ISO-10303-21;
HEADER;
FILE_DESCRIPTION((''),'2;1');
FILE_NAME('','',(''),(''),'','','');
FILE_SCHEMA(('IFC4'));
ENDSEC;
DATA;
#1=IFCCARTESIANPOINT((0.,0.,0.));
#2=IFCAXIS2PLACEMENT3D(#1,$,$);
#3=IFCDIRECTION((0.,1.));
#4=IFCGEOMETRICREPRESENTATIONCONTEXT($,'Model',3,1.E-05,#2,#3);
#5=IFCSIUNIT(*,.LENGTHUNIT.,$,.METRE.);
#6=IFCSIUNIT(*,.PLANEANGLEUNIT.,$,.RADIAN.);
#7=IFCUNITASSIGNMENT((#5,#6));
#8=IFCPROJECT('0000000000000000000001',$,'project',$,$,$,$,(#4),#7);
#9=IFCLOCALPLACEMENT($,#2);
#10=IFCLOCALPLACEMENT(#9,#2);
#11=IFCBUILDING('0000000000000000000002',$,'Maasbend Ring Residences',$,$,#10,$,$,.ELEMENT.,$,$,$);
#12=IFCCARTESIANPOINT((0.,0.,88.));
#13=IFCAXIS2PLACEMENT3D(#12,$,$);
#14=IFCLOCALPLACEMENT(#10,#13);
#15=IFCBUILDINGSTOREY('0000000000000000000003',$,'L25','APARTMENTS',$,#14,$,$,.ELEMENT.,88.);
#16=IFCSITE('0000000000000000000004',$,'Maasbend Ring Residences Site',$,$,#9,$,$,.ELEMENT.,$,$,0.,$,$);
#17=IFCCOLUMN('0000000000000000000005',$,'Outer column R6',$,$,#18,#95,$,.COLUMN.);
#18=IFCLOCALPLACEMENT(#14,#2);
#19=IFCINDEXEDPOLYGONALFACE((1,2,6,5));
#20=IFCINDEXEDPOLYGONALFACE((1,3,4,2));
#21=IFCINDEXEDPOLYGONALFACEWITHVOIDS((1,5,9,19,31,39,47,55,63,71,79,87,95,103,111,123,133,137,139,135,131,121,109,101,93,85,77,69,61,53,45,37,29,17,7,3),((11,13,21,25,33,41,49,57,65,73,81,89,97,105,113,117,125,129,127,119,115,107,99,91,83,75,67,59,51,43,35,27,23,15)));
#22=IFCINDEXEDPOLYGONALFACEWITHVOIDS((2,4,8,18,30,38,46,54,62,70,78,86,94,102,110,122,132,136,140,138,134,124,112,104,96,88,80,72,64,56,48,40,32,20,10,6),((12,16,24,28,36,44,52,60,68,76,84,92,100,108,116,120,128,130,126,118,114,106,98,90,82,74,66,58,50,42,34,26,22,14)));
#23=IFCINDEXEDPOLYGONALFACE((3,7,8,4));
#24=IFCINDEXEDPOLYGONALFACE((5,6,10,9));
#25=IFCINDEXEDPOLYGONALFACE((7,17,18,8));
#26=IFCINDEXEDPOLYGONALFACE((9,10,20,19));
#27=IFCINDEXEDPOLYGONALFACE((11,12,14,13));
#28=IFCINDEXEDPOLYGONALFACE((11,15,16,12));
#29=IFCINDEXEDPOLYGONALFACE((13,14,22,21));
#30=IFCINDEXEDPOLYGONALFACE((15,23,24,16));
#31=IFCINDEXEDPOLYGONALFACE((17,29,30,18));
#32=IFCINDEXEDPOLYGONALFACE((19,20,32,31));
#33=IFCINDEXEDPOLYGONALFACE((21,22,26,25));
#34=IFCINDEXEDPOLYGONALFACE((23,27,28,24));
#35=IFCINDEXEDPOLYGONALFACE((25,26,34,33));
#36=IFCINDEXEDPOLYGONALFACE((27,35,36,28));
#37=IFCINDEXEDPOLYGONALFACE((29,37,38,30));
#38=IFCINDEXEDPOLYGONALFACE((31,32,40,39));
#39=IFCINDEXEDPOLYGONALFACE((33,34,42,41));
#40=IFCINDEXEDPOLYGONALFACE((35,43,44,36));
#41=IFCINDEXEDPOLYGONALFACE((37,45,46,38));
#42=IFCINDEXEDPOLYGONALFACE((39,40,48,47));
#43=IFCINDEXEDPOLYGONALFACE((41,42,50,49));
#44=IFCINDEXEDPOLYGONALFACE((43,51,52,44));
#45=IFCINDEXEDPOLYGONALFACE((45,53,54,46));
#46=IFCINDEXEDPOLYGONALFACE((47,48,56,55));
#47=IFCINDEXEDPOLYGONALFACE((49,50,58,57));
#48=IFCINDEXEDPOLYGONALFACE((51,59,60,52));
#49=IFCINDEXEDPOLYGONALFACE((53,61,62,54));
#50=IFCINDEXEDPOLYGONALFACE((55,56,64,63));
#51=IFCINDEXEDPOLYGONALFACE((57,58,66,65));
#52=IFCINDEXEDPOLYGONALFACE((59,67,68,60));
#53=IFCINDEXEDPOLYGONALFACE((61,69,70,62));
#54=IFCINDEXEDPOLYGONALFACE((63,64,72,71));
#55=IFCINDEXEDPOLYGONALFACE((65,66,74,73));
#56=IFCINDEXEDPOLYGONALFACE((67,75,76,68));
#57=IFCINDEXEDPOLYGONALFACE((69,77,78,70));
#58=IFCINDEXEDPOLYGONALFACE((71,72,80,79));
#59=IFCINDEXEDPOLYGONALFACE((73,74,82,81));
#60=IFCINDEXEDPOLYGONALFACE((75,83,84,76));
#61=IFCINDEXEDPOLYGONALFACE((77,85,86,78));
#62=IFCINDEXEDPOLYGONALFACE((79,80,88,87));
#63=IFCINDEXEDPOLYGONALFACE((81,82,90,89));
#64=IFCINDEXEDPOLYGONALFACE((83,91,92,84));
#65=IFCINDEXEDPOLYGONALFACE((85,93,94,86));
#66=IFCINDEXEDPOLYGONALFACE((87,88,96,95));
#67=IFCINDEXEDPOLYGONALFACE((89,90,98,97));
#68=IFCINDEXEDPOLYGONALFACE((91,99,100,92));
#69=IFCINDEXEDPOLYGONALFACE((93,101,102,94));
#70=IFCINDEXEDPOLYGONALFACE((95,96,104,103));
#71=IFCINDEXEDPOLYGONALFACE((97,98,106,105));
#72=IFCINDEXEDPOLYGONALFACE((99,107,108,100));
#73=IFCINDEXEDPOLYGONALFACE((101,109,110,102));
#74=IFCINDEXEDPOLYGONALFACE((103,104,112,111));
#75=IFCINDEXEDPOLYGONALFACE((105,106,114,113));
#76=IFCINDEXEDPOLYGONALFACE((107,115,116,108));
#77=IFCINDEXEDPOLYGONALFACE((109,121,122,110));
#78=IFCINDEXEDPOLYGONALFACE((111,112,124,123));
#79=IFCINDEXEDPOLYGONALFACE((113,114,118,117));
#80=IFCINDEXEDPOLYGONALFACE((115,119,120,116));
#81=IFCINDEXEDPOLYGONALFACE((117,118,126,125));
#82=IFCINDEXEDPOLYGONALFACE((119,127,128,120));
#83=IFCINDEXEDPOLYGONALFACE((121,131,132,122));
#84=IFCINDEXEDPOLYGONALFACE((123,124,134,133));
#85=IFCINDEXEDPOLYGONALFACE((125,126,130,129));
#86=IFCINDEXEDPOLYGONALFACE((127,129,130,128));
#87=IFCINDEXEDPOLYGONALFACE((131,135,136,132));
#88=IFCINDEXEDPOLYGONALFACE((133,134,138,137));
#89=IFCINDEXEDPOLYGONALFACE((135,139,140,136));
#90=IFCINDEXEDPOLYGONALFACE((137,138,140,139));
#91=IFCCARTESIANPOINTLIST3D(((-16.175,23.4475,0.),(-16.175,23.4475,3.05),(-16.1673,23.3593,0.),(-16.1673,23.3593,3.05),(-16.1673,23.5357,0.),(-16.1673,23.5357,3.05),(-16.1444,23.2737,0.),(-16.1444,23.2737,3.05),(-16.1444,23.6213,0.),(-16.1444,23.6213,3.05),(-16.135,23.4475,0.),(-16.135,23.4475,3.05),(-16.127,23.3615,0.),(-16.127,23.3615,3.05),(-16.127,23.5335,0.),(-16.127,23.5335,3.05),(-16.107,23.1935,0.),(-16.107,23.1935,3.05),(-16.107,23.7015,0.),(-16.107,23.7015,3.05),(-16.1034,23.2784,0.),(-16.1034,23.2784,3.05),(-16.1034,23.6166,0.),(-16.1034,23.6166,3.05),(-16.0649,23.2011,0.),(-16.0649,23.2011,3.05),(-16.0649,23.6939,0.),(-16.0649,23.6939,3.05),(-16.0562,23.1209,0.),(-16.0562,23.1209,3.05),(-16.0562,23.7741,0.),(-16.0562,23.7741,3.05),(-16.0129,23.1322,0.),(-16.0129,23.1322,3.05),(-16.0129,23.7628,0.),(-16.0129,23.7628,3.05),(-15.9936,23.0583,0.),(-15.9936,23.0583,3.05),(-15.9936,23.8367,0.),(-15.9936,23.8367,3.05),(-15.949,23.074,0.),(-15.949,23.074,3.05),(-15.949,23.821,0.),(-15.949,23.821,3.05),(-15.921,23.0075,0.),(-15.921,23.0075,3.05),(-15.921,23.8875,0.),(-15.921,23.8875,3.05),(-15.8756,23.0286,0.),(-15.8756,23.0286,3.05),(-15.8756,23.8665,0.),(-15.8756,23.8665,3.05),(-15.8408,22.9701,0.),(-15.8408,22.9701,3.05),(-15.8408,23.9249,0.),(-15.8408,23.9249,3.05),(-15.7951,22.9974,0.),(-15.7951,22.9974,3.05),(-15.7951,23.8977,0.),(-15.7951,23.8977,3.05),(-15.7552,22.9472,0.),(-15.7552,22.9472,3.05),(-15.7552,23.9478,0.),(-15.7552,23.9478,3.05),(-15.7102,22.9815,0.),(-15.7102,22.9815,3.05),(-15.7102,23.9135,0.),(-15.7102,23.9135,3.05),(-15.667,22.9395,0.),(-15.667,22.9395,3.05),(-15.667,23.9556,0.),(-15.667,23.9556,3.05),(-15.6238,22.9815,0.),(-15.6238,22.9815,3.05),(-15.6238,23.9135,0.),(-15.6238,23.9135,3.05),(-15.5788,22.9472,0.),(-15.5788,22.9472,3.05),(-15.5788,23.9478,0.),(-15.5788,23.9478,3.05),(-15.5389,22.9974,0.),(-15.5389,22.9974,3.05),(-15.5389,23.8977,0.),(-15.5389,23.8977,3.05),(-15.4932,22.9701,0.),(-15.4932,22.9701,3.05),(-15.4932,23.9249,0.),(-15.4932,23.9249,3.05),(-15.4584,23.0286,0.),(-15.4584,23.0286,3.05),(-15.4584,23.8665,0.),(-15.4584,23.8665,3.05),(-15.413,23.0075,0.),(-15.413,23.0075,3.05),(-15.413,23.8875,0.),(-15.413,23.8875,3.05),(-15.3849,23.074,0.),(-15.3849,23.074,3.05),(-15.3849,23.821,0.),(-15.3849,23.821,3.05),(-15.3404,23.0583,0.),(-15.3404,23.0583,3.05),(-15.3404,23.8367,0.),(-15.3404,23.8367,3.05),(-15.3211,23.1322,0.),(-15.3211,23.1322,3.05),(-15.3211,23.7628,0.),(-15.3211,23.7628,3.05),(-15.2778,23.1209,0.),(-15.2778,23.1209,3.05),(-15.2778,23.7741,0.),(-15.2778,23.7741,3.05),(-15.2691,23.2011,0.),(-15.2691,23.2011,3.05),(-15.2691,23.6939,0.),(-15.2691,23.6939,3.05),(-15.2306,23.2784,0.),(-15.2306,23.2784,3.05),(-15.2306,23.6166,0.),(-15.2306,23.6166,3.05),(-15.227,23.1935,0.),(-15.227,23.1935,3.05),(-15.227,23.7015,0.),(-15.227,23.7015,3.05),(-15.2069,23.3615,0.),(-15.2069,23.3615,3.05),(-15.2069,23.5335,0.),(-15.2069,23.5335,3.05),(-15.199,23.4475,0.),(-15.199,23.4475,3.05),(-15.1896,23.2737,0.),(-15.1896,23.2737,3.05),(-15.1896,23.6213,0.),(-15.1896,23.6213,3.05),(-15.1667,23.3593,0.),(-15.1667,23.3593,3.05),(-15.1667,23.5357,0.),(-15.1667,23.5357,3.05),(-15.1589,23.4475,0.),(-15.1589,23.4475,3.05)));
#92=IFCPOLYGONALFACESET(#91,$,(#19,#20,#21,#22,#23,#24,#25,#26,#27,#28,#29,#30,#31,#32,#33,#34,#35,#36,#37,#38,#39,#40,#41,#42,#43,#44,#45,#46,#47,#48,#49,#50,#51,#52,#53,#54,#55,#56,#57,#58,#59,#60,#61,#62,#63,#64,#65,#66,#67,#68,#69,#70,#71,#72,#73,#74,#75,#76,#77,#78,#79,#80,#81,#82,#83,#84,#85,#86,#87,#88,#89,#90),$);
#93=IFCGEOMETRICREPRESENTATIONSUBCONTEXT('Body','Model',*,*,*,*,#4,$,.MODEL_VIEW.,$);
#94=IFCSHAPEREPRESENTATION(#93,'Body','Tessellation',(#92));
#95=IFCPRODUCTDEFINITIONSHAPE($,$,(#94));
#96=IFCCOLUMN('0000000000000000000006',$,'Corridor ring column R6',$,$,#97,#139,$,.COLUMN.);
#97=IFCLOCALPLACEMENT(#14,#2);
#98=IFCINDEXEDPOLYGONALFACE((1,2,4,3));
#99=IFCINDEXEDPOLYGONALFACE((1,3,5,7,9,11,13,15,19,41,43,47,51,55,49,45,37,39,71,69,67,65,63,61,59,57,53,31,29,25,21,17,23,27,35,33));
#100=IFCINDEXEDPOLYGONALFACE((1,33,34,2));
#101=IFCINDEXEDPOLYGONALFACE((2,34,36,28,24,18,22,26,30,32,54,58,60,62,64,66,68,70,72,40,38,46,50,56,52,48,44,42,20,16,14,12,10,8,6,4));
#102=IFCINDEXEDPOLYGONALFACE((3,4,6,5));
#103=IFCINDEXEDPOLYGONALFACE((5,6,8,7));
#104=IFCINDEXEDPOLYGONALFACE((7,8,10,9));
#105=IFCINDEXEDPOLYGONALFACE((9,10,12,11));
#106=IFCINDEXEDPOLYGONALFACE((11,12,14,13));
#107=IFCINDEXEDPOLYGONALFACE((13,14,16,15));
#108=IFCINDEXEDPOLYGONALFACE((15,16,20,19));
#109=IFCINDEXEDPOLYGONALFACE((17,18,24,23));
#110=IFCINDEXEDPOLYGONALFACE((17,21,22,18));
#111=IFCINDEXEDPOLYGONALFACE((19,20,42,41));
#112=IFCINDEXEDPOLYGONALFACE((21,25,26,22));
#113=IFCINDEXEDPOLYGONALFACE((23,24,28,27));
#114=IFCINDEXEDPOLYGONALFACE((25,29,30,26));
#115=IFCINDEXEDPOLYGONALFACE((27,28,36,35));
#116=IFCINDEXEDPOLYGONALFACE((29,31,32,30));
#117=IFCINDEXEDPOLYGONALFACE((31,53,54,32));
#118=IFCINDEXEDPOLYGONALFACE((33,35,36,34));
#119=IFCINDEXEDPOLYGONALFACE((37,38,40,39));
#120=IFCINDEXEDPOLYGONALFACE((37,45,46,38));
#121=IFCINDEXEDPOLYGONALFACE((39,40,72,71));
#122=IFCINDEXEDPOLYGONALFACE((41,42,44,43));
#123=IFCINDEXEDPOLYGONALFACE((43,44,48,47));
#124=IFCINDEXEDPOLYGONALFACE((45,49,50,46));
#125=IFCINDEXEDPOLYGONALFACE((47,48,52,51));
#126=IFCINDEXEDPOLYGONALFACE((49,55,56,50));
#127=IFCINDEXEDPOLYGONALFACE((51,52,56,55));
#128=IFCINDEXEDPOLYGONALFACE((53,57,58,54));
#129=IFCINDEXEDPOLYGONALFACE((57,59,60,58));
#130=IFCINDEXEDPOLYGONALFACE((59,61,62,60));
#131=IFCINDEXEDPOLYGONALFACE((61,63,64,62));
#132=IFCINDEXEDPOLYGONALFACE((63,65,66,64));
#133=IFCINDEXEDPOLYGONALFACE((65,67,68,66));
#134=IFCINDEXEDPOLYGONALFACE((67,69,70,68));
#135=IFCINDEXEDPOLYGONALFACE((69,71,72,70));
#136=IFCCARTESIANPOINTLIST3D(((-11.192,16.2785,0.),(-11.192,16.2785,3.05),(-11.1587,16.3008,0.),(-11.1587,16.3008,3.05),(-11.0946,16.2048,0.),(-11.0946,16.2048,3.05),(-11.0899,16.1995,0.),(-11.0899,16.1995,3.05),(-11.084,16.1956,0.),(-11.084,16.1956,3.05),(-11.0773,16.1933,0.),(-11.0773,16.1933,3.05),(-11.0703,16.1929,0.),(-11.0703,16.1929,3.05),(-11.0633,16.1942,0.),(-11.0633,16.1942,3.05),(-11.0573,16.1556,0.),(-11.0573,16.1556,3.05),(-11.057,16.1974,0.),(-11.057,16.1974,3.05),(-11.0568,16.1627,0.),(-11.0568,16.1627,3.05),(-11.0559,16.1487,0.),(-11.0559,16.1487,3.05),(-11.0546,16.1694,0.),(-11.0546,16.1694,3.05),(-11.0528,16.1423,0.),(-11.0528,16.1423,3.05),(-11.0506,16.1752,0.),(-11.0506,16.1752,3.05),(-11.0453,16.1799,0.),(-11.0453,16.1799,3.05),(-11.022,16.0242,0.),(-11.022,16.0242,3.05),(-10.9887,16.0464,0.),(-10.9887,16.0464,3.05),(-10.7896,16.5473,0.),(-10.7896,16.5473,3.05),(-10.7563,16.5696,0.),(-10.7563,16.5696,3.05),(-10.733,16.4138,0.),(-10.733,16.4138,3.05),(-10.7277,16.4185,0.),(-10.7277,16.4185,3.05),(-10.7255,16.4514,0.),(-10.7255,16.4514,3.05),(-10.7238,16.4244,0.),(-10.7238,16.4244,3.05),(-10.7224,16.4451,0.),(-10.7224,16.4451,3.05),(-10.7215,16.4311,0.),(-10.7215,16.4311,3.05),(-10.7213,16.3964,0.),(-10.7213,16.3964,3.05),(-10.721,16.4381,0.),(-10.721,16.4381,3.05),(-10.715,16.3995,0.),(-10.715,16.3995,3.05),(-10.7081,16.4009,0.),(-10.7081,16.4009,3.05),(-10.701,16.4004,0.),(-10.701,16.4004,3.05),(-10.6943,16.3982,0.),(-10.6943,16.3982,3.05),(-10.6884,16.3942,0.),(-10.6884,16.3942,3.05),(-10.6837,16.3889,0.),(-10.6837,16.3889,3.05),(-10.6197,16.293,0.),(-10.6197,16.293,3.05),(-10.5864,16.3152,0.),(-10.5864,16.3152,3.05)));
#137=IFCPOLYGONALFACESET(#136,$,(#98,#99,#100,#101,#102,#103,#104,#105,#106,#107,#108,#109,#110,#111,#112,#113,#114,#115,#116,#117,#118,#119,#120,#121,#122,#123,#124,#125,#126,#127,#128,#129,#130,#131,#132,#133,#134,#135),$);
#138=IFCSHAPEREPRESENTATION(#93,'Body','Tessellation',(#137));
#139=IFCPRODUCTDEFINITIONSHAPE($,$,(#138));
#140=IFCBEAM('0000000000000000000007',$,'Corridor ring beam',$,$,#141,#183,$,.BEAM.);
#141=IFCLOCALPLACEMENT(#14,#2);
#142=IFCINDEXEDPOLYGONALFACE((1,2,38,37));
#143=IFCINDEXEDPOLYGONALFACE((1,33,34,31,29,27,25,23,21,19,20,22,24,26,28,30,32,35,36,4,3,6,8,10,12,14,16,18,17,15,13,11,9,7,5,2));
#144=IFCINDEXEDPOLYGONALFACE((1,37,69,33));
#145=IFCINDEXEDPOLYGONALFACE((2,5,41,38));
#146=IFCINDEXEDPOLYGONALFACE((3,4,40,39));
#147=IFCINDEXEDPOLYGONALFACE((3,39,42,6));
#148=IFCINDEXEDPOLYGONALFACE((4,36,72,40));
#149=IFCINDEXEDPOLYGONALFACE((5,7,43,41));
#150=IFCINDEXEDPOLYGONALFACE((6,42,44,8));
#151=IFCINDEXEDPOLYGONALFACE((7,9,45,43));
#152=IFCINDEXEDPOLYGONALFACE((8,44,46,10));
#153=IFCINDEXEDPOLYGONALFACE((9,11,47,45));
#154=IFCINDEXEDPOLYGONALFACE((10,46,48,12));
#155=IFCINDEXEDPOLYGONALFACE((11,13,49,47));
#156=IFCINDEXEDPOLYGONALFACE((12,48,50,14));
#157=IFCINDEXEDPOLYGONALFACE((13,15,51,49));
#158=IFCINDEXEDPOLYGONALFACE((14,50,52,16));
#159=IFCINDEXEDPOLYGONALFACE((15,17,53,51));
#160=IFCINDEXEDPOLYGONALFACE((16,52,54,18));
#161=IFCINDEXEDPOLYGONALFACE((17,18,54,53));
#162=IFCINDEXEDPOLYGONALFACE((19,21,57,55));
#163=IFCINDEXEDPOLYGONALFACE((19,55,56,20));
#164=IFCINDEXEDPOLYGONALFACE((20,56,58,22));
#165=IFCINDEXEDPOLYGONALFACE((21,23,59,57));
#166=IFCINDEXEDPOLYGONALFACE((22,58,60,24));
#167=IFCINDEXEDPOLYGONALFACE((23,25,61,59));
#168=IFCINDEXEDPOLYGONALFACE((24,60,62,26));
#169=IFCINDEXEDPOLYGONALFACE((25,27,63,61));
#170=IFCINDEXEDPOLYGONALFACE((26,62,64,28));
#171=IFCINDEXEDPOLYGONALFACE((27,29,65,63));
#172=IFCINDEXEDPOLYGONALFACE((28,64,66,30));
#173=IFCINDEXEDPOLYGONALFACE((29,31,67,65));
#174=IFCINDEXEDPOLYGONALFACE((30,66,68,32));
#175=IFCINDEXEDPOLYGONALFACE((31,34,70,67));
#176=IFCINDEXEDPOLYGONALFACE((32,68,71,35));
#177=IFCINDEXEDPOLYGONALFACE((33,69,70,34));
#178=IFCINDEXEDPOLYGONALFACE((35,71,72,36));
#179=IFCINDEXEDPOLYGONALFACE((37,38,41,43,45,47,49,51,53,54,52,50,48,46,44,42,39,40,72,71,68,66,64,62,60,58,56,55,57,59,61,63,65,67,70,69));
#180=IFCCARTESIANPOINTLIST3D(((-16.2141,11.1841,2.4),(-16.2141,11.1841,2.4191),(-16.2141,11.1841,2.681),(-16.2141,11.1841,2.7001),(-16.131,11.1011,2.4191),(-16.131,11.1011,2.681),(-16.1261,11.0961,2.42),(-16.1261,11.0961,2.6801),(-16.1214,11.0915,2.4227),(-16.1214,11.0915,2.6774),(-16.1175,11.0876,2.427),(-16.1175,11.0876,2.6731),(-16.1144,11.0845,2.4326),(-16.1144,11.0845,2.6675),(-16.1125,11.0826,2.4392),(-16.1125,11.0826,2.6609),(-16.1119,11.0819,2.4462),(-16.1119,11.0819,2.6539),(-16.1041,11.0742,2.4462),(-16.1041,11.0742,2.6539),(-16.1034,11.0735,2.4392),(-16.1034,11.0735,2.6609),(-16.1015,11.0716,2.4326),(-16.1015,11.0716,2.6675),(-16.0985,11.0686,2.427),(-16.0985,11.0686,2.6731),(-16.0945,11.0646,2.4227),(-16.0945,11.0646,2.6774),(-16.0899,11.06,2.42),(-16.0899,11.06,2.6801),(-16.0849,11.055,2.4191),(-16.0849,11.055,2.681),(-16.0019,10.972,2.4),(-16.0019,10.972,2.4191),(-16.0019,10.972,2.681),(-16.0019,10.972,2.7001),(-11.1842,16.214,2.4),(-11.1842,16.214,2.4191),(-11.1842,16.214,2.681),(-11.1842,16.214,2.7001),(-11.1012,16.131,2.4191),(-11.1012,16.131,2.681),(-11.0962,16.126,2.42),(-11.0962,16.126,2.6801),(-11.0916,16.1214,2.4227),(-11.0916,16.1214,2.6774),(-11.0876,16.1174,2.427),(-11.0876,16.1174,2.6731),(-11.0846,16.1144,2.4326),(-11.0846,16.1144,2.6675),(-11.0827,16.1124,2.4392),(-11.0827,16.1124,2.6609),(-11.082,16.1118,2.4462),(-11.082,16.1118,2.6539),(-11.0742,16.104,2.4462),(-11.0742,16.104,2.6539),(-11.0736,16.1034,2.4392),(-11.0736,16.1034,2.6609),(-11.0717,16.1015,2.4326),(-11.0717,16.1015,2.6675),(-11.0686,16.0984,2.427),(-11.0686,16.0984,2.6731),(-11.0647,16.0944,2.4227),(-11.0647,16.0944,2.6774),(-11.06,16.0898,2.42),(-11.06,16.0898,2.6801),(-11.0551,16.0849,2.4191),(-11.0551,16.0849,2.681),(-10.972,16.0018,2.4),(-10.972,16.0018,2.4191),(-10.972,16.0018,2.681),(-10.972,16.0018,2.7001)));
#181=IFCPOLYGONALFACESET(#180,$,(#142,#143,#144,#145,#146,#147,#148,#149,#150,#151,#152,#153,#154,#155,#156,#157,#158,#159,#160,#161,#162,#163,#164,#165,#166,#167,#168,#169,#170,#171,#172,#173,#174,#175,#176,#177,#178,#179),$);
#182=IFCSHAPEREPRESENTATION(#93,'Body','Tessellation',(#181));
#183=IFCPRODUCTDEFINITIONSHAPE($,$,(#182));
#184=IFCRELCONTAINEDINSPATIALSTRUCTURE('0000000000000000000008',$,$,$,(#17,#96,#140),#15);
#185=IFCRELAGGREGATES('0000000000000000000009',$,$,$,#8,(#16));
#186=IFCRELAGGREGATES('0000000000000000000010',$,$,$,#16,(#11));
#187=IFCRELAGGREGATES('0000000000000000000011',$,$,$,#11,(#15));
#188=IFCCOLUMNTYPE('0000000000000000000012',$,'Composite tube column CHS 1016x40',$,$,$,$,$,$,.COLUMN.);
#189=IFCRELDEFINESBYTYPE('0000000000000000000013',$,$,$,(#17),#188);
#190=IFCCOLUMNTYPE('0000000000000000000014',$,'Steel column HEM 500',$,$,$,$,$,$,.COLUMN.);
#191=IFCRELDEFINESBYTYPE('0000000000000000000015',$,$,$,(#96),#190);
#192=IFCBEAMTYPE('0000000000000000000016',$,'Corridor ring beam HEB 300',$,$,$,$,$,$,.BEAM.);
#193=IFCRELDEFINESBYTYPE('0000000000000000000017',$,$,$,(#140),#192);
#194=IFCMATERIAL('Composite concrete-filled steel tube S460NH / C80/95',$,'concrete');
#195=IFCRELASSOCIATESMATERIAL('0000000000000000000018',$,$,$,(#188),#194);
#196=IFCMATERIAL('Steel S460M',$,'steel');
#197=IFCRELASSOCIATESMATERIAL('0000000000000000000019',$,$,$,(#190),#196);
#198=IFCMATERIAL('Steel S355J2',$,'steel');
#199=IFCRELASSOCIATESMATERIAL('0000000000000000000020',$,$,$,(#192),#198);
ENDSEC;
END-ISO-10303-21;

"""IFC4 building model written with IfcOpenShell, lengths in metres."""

from ifc_helpers import new_model, si_unit, direction, frame, origin, origin_2d, place, context, subcontext, project, spatial, hollow_circle, i_section, extrude, material, material_profile, profile_set, type_object, element, save


model = new_model("IFC4")

# Units and contexts
model_context = context("Model", 3, precision=1e-05, world=origin(), true_north=direction((0.0, 1.0)))
body_context = subcontext(model_context, "Body", "Model", "MODEL_VIEW")
ifc_project = project(units=[si_unit("LENGTHUNIT", "METRE"), si_unit("PLANEANGLEUNIT", "RADIAN")], contexts=[model_context])

# Site, building, storey
site_placement = place(None, origin())
site = spatial("IfcSite", under=ifc_project, at=site_placement, Name="Maasbend Ring Residences Site", CompositionType="ELEMENT", RefElevation=0.0)
building_placement = place(site_placement, origin())
building = spatial("IfcBuilding", under=site, at=building_placement, Name="Maasbend Ring Residences", CompositionType="ELEMENT")
storey_placement = place(building_placement, frame((0.0, 0.0, 88.0)))
storey = spatial("IfcBuildingStorey", under=building, at=storey_placement, Name="L25", Description="APARTMENTS", CompositionType="ELEMENT", Elevation=88.0)

# Columns
ifc_material_1 = material(Name="Composite concrete-filled steel tube S460NH / C80/95", Category="concrete")
ifc_material_profile_1 = material_profile(ifc_material_1, hollow_circle(Radius=0.5081, WallThickness=0.04, at=origin_2d()), Name="Composite tube column CHS 1016x40")
ifc_profile_set_1 = profile_set([ifc_material_profile_1], Name="Composite concrete-filled steel tube S460NH / C80/95")
column_type_1 = type_object("IfcColumnType", Name="Composite tube column CHS 1016x40", PredefinedType="COLUMN", material=ifc_profile_set_1)
column_1_placement = place(storey_placement, frame((-15.667, 23.4475, 0.0), z_axis=(0.0, 0.0, 1.0), x_axis=(1.0, 0.0, 0.0)))
element("IfcColumn", 1, at=column_1_placement, inside=storey, type_object=column_type_1, Name="Outer column R6", PredefinedType="COLUMN", context=body_context, shape_type="SweptSolid", body=[
    extrude(hollow_circle(Radius=0.5081, WallThickness=0.04, at=origin_2d()), origin(), (0.0, 0.0, 1.0), 3.05),
])
ifc_material_2 = material(Name="Steel S460M", Category="steel")
ifc_material_profile_2 = material_profile(ifc_material_2, i_section(OverallWidth=0.3059, OverallDepth=0.5239, WebThickness=0.021, FlangeThickness=0.04, FilletRadius=0.0271, at=origin_2d()), Name="HEM 500")
ifc_profile_set_2 = profile_set([ifc_material_profile_2], Name="Steel S460M")
column_type_2 = type_object("IfcColumnType", Name="Steel column HEM 500", PredefinedType="COLUMN", material=ifc_profile_set_2)
column_2_placement = place(storey_placement, frame((-10.8892, 16.2969, 0.0), z_axis=(0.0, 0.0, 1.0), x_axis=(-0.55557, 0.83147, 0.0)))
element("IfcColumn", 2, at=column_2_placement, inside=storey, type_object=column_type_2, Name="Corridor ring column R6", PredefinedType="COLUMN", context=body_context, shape_type="SweptSolid", body=[
    extrude(i_section(OverallWidth=0.3059, OverallDepth=0.5239, WebThickness=0.021, FlangeThickness=0.04, FilletRadius=0.0271, at=origin_2d()), origin(), (0.0, 0.0, 1.0), 3.05),
])

# Beam
ifc_material_3 = material(Name="Steel S355J2", Category="steel")
ifc_material_profile_3 = material_profile(ifc_material_3, i_section(OverallWidth=0.3, OverallDepth=0.3, WebThickness=0.011, FlangeThickness=0.019, FilletRadius=0.0271, at=origin_2d()), Name="HEB 300")
ifc_profile_set_3 = profile_set([ifc_material_profile_3], Name="Steel S355J2")
beam_type_1 = type_object("IfcBeamType", Name="Corridor ring beam HEB 300", PredefinedType="BEAM", material=ifc_profile_set_3)
beam_1_placement = place(storey_placement, frame((-11.0781, 16.1079, 2.55), z_axis=(-0.707107, -0.707107, 0.0), x_axis=(0.707107, -0.707107, 0.0)))
element("IfcBeam", 3, at=beam_1_placement, inside=storey, type_object=beam_type_1, Name="Corridor ring beam", PredefinedType="BEAM", context=body_context, shape_type="SweptSolid", body=[
    extrude(i_section(OverallWidth=0.3, OverallDepth=0.3, WebThickness=0.011, FlangeThickness=0.019, FilletRadius=0.0271, at=origin_2d()), origin(), (0.0, 0.0, 1.0), 7.1133),
])

save(model, "model.ifc")
